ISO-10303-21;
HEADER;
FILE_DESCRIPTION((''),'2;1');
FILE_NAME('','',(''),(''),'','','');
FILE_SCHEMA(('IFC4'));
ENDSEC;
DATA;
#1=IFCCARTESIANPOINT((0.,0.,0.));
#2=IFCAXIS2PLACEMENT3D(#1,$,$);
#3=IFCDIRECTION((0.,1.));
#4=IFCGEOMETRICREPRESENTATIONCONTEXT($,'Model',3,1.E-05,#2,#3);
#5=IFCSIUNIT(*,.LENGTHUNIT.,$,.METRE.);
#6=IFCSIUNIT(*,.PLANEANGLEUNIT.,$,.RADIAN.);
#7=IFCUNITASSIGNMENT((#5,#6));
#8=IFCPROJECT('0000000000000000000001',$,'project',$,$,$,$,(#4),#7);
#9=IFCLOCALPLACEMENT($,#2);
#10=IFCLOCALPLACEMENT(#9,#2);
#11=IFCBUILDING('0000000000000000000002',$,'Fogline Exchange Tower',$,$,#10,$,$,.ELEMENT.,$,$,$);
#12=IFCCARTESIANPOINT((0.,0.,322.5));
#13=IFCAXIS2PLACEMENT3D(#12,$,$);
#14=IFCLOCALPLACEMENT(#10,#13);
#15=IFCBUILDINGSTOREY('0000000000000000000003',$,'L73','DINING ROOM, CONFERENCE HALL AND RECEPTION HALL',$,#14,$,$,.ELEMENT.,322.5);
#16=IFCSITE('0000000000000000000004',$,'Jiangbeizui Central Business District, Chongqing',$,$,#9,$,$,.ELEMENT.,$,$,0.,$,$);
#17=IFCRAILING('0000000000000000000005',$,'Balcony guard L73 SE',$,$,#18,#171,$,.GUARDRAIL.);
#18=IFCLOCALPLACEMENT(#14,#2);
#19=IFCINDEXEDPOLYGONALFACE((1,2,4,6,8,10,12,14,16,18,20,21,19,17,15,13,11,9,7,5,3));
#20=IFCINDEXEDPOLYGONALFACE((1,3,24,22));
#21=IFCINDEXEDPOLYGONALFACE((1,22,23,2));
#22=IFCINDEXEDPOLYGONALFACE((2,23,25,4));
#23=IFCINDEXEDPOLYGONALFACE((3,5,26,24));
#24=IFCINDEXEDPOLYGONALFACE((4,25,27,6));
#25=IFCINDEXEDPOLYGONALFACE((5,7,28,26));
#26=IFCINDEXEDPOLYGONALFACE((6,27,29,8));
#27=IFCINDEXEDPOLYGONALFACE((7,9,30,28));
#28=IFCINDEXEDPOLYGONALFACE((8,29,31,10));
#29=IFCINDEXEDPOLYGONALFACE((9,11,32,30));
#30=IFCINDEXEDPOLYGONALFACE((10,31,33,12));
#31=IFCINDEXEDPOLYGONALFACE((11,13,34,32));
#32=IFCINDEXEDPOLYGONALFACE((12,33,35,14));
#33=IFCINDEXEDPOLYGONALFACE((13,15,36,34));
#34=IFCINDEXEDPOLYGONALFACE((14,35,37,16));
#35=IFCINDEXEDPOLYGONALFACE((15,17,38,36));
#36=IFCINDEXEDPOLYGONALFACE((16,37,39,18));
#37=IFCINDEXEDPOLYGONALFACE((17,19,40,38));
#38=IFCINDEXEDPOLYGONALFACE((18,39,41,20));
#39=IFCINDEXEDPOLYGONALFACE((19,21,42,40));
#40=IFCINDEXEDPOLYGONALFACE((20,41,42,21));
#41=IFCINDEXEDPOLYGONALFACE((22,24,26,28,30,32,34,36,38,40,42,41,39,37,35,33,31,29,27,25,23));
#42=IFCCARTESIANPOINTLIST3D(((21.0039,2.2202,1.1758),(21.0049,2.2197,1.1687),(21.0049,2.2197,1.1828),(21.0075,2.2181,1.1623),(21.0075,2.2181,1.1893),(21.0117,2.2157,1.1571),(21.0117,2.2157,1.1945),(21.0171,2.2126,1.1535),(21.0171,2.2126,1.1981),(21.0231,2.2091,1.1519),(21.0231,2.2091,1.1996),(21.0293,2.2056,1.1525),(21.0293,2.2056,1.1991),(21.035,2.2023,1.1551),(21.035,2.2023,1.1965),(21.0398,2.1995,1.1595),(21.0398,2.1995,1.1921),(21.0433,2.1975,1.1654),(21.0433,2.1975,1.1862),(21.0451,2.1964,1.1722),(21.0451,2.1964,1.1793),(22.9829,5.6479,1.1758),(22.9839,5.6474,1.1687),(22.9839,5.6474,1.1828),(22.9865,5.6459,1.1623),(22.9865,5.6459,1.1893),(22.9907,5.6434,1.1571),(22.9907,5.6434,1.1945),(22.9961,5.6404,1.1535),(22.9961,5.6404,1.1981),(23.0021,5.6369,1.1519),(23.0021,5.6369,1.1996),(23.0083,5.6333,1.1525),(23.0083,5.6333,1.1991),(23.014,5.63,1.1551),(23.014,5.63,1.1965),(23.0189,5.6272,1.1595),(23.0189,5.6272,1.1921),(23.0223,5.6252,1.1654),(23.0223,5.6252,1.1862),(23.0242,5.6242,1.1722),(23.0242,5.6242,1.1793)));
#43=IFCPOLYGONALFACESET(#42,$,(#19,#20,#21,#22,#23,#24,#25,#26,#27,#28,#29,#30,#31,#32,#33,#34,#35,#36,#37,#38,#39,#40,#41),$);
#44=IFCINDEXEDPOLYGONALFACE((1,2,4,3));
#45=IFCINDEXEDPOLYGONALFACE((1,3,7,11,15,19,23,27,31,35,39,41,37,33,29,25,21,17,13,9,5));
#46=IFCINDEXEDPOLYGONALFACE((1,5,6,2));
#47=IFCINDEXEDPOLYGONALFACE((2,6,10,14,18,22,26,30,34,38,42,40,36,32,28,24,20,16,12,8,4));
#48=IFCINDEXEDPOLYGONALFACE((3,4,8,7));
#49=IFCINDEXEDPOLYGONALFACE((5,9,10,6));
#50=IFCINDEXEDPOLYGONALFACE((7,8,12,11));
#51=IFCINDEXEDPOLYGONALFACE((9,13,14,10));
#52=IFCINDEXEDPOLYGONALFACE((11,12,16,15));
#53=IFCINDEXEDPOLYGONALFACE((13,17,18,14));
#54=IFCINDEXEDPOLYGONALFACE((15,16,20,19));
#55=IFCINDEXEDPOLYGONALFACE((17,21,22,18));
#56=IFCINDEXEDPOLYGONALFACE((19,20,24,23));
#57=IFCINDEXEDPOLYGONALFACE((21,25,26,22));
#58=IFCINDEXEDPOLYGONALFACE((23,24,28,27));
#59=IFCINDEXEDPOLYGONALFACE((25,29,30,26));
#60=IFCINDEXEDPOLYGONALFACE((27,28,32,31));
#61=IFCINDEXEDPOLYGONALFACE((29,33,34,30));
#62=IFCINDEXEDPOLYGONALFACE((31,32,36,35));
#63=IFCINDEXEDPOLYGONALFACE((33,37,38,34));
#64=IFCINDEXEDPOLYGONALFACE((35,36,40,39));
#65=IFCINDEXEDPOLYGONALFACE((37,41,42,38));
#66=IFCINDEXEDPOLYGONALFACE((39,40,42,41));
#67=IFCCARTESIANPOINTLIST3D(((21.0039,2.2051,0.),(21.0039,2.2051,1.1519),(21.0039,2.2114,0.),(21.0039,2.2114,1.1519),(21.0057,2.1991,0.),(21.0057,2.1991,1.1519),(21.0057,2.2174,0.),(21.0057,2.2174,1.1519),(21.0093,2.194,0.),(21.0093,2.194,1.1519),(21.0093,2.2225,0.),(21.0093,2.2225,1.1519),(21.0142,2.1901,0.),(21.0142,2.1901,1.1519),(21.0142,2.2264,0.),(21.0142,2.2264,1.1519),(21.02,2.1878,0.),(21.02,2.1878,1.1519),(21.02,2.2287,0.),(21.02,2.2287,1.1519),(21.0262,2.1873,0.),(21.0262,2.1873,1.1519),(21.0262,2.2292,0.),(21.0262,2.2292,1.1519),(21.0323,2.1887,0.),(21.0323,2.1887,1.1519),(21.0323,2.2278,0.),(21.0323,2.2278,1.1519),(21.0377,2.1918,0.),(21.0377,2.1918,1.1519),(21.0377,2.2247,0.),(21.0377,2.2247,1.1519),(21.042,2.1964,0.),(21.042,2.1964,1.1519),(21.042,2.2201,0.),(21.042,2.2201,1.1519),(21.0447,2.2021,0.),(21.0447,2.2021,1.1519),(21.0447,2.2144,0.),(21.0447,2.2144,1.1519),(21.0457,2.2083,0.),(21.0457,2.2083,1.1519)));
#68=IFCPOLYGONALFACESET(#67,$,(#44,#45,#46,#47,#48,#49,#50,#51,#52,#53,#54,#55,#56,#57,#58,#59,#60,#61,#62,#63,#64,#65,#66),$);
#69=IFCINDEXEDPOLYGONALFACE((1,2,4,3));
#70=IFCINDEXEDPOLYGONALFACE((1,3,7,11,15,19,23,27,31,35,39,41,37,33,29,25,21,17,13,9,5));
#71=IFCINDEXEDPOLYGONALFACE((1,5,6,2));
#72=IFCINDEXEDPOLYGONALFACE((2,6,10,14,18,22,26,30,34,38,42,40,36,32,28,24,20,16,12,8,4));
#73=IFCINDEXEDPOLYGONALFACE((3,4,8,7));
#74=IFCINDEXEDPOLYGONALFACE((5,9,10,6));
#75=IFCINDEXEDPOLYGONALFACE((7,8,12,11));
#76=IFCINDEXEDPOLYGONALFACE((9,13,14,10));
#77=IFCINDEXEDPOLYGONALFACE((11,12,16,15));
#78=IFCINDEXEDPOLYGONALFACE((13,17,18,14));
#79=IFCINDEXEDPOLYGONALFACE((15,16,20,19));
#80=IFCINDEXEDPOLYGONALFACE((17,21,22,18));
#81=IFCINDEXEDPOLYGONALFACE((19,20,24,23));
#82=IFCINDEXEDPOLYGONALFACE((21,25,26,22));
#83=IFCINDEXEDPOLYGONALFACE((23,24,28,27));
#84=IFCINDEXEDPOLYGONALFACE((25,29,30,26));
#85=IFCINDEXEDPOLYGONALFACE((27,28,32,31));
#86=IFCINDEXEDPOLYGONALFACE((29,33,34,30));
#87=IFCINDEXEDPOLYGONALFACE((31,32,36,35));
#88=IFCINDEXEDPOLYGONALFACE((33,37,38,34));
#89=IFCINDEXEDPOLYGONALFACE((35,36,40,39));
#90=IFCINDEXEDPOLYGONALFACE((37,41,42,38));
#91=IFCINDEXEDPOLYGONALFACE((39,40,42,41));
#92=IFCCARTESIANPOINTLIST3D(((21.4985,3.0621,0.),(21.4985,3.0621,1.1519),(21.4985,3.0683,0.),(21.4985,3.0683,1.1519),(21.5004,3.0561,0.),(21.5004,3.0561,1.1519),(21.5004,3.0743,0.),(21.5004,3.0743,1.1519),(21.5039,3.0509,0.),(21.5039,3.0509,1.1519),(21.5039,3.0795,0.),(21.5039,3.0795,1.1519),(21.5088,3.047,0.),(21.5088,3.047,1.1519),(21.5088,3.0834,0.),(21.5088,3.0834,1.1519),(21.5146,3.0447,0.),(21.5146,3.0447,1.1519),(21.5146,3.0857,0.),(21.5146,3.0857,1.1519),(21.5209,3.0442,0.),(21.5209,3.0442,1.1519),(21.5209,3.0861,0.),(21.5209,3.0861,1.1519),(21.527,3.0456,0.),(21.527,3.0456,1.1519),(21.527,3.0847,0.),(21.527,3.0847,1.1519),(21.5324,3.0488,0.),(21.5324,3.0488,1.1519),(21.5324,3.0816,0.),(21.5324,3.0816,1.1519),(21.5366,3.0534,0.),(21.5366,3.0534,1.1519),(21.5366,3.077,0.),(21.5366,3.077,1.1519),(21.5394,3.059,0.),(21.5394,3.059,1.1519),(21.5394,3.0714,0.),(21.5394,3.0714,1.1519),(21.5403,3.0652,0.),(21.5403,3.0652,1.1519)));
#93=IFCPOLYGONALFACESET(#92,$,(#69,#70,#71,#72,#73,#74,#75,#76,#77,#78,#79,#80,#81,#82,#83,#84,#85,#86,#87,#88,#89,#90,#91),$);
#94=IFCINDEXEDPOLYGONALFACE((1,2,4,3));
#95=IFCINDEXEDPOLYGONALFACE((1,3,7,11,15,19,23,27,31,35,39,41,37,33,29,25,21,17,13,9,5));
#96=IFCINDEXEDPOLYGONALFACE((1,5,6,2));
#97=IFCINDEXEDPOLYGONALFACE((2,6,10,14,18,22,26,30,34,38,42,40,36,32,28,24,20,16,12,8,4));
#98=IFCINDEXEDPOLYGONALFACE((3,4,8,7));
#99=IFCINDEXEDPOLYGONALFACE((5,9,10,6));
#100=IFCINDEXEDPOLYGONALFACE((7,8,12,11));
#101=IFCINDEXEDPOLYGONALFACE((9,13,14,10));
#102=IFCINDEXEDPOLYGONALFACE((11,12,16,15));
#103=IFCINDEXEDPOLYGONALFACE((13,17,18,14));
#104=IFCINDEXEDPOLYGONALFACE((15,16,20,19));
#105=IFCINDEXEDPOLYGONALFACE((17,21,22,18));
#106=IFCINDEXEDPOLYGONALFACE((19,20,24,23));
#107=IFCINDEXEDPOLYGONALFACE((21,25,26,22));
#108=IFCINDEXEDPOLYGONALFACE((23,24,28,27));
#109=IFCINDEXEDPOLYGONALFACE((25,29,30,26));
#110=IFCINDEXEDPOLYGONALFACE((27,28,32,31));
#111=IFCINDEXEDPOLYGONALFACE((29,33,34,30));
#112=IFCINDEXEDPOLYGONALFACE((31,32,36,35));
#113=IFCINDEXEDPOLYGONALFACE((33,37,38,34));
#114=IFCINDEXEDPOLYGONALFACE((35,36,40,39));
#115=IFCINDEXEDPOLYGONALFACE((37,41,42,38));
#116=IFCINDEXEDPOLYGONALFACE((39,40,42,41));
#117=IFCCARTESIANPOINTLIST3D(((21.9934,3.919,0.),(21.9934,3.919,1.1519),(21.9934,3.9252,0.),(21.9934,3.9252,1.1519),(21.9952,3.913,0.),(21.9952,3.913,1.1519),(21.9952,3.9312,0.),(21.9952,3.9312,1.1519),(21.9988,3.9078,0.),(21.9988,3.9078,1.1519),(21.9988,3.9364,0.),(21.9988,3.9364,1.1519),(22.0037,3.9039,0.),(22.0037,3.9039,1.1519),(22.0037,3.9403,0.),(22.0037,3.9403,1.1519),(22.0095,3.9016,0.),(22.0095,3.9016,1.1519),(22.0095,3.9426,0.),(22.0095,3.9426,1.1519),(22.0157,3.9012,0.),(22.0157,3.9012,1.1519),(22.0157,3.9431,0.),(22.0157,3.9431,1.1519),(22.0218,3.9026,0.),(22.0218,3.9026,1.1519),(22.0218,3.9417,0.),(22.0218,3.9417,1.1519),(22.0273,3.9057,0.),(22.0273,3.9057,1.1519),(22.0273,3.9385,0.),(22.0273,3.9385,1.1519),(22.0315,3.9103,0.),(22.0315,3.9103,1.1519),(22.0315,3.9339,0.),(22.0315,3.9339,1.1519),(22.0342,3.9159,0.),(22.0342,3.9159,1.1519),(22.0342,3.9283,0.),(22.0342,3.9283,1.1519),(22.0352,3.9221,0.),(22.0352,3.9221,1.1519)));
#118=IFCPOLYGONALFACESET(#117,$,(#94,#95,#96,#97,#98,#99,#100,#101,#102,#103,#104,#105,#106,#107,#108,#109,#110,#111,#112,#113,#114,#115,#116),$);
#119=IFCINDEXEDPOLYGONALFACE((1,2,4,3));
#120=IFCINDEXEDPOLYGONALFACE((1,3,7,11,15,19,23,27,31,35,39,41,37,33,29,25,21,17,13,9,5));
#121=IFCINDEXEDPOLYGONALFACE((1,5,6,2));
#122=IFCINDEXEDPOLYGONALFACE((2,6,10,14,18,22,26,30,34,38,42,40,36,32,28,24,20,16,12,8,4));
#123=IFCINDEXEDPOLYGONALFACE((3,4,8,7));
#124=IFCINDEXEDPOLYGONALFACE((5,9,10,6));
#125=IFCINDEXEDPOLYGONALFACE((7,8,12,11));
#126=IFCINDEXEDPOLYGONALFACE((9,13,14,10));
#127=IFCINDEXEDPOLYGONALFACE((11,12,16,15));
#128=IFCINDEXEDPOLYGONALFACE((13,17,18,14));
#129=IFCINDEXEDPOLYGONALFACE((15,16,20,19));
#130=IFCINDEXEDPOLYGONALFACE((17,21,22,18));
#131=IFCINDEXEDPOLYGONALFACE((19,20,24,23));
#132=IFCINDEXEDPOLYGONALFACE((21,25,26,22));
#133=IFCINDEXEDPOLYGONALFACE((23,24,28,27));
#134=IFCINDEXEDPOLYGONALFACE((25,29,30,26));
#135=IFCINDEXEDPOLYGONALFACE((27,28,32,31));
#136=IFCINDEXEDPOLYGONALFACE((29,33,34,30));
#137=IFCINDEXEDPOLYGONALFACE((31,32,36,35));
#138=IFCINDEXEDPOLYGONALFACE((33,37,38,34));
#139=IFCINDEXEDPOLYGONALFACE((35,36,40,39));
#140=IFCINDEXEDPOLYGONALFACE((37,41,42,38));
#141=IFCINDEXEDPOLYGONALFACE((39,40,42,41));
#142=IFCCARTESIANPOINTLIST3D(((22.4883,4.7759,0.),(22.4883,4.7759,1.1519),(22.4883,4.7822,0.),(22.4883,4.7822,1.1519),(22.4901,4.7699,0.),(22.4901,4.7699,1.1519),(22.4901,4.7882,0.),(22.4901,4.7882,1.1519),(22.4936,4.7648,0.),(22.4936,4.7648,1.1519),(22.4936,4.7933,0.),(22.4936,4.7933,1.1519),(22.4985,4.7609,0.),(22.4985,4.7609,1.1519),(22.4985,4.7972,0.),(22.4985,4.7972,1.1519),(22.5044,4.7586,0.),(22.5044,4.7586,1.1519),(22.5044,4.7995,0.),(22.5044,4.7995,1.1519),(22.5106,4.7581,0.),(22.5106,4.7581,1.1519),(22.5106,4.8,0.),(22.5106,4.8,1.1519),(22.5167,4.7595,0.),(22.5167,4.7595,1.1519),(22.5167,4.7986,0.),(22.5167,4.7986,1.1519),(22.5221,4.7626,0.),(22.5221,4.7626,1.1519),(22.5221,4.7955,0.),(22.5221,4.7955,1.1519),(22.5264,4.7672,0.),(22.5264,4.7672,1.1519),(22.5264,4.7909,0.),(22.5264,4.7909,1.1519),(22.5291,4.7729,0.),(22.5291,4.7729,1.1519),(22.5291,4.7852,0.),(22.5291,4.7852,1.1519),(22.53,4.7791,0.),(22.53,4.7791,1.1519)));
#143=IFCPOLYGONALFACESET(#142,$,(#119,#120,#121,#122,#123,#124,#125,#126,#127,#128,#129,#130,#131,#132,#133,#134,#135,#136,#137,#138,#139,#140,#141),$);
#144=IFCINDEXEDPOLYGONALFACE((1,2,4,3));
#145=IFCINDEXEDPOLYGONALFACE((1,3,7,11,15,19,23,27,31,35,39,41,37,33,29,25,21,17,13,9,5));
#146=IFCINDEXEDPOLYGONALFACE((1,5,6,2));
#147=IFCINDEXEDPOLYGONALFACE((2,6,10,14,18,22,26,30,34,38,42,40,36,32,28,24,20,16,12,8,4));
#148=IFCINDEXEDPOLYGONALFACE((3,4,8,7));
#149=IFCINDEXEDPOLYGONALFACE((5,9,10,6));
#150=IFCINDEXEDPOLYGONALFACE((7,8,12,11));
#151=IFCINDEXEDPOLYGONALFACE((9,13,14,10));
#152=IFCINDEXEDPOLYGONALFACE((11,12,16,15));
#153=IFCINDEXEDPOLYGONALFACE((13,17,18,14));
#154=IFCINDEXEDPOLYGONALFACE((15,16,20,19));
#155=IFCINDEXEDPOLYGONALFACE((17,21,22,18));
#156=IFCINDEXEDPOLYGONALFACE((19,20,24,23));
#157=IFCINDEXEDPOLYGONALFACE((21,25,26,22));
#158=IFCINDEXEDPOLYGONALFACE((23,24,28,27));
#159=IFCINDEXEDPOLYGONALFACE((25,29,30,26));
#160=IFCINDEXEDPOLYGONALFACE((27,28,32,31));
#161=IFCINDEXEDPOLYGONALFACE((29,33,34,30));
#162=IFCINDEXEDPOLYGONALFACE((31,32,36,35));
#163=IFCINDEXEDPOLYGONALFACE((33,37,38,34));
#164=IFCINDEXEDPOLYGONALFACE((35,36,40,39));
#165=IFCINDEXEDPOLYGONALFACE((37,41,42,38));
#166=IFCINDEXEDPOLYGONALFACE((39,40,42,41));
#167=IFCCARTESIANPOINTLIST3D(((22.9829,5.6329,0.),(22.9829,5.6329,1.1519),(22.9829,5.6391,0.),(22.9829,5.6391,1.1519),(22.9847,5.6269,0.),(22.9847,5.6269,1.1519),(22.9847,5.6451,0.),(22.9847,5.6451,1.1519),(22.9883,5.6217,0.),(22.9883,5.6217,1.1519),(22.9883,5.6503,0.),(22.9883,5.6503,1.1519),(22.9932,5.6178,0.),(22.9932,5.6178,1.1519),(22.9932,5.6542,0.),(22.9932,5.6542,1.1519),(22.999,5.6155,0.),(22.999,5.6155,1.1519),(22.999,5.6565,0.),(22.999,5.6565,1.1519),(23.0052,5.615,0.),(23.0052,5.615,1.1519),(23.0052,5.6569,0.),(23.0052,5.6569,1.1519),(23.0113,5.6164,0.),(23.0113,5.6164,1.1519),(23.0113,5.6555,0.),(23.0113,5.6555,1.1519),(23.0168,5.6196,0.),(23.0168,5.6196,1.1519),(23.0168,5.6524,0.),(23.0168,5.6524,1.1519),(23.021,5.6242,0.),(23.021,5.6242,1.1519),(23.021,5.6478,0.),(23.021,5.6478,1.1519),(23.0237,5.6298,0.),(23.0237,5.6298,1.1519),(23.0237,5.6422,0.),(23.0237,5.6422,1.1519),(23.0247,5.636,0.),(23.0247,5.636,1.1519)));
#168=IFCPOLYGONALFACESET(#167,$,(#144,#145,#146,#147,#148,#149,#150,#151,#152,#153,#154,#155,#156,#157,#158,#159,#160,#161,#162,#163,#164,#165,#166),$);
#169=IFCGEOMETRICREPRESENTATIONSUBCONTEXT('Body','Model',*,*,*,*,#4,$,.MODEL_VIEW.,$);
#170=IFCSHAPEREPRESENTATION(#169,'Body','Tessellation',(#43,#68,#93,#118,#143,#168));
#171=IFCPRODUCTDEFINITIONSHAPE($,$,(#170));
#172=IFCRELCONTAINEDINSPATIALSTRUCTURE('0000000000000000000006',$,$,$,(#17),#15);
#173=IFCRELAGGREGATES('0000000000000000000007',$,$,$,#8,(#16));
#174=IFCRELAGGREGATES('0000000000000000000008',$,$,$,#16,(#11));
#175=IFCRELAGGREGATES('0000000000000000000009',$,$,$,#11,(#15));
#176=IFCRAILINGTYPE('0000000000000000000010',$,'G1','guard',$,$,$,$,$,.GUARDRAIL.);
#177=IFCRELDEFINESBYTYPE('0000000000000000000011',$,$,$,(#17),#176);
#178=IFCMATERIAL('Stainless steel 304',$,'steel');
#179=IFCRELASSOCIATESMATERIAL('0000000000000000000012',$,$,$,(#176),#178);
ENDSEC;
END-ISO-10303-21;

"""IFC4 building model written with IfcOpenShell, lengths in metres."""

from ifc_helpers import new_model, si_unit, direction, frame, origin, origin_2d, place, context, subcontext, project, spatial, circle, extrude, material, type_object, element, save


model = new_model("IFC4")

# Units and contexts
model_context = context("Model", 3, precision=1e-05, world=origin(), true_north=direction((0.0, 1.0)))
body_context = subcontext(model_context, "Body", "Model", "MODEL_VIEW")
ifc_project = project(units=[si_unit("LENGTHUNIT", "METRE"), si_unit("PLANEANGLEUNIT", "RADIAN")], contexts=[model_context])

# Site, building, storey
site_placement = place(None, origin())
site = spatial("IfcSite", under=ifc_project, at=site_placement, Name="Jiangbeizui Central Business District, Chongqing", CompositionType="ELEMENT", RefElevation=0.0)
building_placement = place(site_placement, origin())
building = spatial("IfcBuilding", under=site, at=building_placement, Name="Fogline Exchange Tower", CompositionType="ELEMENT")
storey_placement = place(building_placement, frame((0.0, 0.0, 322.5)))
storey = spatial("IfcBuildingStorey", under=building, at=storey_placement, Name="L73", Description="DINING ROOM, CONFERENCE HALL AND RECEPTION HALL", CompositionType="ELEMENT", Elevation=322.5)

# Railing
ifc_material_1 = material(Name="Stainless steel 304", Category="steel")
railing_type = type_object("IfcRailingType", Name="G1", Description="guard", PredefinedType="GUARDRAIL", material=ifc_material_1)
railing_placement = place(storey_placement, frame((21.0247, 2.2083, 0.0)))
element("IfcRailing", 1, at=railing_placement, inside=storey, type_object=railing_type, Name="Balcony guard L73 SE", PredefinedType="GUARDRAIL", context=body_context, shape_type="SweptSolid", body=[
    extrude(circle(Radius=0.0239, at=origin_2d()), frame((0.0, 0.0, 1.1758), z_axis=(0.5, 0.866025, 0.0), x_axis=(-0.866025, 0.5, 0.0)), (0.0, 0.0, 1.0), 3.958),
    extrude(circle(Radius=0.021, at=origin_2d()), origin(), (0.0, 0.0, 1.0), 1.1519),
    extrude(circle(Radius=0.021, at=origin_2d()), frame((0.4946, 0.8569, 0.0)), (0.0, 0.0, 1.0), 1.1519),
    extrude(circle(Radius=0.021, at=origin_2d()), frame((0.9895, 1.7139, 0.0)), (0.0, 0.0, 1.0), 1.1519),
    extrude(circle(Radius=0.021, at=origin_2d()), frame((1.4844, 2.5708, 0.0)), (0.0, 0.0, 1.0), 1.1519),
    extrude(circle(Radius=0.021, at=origin_2d()), frame((1.979, 3.4277, 0.0)), (0.0, 0.0, 1.0), 1.1519),
])

save(model, "model.ifc")
